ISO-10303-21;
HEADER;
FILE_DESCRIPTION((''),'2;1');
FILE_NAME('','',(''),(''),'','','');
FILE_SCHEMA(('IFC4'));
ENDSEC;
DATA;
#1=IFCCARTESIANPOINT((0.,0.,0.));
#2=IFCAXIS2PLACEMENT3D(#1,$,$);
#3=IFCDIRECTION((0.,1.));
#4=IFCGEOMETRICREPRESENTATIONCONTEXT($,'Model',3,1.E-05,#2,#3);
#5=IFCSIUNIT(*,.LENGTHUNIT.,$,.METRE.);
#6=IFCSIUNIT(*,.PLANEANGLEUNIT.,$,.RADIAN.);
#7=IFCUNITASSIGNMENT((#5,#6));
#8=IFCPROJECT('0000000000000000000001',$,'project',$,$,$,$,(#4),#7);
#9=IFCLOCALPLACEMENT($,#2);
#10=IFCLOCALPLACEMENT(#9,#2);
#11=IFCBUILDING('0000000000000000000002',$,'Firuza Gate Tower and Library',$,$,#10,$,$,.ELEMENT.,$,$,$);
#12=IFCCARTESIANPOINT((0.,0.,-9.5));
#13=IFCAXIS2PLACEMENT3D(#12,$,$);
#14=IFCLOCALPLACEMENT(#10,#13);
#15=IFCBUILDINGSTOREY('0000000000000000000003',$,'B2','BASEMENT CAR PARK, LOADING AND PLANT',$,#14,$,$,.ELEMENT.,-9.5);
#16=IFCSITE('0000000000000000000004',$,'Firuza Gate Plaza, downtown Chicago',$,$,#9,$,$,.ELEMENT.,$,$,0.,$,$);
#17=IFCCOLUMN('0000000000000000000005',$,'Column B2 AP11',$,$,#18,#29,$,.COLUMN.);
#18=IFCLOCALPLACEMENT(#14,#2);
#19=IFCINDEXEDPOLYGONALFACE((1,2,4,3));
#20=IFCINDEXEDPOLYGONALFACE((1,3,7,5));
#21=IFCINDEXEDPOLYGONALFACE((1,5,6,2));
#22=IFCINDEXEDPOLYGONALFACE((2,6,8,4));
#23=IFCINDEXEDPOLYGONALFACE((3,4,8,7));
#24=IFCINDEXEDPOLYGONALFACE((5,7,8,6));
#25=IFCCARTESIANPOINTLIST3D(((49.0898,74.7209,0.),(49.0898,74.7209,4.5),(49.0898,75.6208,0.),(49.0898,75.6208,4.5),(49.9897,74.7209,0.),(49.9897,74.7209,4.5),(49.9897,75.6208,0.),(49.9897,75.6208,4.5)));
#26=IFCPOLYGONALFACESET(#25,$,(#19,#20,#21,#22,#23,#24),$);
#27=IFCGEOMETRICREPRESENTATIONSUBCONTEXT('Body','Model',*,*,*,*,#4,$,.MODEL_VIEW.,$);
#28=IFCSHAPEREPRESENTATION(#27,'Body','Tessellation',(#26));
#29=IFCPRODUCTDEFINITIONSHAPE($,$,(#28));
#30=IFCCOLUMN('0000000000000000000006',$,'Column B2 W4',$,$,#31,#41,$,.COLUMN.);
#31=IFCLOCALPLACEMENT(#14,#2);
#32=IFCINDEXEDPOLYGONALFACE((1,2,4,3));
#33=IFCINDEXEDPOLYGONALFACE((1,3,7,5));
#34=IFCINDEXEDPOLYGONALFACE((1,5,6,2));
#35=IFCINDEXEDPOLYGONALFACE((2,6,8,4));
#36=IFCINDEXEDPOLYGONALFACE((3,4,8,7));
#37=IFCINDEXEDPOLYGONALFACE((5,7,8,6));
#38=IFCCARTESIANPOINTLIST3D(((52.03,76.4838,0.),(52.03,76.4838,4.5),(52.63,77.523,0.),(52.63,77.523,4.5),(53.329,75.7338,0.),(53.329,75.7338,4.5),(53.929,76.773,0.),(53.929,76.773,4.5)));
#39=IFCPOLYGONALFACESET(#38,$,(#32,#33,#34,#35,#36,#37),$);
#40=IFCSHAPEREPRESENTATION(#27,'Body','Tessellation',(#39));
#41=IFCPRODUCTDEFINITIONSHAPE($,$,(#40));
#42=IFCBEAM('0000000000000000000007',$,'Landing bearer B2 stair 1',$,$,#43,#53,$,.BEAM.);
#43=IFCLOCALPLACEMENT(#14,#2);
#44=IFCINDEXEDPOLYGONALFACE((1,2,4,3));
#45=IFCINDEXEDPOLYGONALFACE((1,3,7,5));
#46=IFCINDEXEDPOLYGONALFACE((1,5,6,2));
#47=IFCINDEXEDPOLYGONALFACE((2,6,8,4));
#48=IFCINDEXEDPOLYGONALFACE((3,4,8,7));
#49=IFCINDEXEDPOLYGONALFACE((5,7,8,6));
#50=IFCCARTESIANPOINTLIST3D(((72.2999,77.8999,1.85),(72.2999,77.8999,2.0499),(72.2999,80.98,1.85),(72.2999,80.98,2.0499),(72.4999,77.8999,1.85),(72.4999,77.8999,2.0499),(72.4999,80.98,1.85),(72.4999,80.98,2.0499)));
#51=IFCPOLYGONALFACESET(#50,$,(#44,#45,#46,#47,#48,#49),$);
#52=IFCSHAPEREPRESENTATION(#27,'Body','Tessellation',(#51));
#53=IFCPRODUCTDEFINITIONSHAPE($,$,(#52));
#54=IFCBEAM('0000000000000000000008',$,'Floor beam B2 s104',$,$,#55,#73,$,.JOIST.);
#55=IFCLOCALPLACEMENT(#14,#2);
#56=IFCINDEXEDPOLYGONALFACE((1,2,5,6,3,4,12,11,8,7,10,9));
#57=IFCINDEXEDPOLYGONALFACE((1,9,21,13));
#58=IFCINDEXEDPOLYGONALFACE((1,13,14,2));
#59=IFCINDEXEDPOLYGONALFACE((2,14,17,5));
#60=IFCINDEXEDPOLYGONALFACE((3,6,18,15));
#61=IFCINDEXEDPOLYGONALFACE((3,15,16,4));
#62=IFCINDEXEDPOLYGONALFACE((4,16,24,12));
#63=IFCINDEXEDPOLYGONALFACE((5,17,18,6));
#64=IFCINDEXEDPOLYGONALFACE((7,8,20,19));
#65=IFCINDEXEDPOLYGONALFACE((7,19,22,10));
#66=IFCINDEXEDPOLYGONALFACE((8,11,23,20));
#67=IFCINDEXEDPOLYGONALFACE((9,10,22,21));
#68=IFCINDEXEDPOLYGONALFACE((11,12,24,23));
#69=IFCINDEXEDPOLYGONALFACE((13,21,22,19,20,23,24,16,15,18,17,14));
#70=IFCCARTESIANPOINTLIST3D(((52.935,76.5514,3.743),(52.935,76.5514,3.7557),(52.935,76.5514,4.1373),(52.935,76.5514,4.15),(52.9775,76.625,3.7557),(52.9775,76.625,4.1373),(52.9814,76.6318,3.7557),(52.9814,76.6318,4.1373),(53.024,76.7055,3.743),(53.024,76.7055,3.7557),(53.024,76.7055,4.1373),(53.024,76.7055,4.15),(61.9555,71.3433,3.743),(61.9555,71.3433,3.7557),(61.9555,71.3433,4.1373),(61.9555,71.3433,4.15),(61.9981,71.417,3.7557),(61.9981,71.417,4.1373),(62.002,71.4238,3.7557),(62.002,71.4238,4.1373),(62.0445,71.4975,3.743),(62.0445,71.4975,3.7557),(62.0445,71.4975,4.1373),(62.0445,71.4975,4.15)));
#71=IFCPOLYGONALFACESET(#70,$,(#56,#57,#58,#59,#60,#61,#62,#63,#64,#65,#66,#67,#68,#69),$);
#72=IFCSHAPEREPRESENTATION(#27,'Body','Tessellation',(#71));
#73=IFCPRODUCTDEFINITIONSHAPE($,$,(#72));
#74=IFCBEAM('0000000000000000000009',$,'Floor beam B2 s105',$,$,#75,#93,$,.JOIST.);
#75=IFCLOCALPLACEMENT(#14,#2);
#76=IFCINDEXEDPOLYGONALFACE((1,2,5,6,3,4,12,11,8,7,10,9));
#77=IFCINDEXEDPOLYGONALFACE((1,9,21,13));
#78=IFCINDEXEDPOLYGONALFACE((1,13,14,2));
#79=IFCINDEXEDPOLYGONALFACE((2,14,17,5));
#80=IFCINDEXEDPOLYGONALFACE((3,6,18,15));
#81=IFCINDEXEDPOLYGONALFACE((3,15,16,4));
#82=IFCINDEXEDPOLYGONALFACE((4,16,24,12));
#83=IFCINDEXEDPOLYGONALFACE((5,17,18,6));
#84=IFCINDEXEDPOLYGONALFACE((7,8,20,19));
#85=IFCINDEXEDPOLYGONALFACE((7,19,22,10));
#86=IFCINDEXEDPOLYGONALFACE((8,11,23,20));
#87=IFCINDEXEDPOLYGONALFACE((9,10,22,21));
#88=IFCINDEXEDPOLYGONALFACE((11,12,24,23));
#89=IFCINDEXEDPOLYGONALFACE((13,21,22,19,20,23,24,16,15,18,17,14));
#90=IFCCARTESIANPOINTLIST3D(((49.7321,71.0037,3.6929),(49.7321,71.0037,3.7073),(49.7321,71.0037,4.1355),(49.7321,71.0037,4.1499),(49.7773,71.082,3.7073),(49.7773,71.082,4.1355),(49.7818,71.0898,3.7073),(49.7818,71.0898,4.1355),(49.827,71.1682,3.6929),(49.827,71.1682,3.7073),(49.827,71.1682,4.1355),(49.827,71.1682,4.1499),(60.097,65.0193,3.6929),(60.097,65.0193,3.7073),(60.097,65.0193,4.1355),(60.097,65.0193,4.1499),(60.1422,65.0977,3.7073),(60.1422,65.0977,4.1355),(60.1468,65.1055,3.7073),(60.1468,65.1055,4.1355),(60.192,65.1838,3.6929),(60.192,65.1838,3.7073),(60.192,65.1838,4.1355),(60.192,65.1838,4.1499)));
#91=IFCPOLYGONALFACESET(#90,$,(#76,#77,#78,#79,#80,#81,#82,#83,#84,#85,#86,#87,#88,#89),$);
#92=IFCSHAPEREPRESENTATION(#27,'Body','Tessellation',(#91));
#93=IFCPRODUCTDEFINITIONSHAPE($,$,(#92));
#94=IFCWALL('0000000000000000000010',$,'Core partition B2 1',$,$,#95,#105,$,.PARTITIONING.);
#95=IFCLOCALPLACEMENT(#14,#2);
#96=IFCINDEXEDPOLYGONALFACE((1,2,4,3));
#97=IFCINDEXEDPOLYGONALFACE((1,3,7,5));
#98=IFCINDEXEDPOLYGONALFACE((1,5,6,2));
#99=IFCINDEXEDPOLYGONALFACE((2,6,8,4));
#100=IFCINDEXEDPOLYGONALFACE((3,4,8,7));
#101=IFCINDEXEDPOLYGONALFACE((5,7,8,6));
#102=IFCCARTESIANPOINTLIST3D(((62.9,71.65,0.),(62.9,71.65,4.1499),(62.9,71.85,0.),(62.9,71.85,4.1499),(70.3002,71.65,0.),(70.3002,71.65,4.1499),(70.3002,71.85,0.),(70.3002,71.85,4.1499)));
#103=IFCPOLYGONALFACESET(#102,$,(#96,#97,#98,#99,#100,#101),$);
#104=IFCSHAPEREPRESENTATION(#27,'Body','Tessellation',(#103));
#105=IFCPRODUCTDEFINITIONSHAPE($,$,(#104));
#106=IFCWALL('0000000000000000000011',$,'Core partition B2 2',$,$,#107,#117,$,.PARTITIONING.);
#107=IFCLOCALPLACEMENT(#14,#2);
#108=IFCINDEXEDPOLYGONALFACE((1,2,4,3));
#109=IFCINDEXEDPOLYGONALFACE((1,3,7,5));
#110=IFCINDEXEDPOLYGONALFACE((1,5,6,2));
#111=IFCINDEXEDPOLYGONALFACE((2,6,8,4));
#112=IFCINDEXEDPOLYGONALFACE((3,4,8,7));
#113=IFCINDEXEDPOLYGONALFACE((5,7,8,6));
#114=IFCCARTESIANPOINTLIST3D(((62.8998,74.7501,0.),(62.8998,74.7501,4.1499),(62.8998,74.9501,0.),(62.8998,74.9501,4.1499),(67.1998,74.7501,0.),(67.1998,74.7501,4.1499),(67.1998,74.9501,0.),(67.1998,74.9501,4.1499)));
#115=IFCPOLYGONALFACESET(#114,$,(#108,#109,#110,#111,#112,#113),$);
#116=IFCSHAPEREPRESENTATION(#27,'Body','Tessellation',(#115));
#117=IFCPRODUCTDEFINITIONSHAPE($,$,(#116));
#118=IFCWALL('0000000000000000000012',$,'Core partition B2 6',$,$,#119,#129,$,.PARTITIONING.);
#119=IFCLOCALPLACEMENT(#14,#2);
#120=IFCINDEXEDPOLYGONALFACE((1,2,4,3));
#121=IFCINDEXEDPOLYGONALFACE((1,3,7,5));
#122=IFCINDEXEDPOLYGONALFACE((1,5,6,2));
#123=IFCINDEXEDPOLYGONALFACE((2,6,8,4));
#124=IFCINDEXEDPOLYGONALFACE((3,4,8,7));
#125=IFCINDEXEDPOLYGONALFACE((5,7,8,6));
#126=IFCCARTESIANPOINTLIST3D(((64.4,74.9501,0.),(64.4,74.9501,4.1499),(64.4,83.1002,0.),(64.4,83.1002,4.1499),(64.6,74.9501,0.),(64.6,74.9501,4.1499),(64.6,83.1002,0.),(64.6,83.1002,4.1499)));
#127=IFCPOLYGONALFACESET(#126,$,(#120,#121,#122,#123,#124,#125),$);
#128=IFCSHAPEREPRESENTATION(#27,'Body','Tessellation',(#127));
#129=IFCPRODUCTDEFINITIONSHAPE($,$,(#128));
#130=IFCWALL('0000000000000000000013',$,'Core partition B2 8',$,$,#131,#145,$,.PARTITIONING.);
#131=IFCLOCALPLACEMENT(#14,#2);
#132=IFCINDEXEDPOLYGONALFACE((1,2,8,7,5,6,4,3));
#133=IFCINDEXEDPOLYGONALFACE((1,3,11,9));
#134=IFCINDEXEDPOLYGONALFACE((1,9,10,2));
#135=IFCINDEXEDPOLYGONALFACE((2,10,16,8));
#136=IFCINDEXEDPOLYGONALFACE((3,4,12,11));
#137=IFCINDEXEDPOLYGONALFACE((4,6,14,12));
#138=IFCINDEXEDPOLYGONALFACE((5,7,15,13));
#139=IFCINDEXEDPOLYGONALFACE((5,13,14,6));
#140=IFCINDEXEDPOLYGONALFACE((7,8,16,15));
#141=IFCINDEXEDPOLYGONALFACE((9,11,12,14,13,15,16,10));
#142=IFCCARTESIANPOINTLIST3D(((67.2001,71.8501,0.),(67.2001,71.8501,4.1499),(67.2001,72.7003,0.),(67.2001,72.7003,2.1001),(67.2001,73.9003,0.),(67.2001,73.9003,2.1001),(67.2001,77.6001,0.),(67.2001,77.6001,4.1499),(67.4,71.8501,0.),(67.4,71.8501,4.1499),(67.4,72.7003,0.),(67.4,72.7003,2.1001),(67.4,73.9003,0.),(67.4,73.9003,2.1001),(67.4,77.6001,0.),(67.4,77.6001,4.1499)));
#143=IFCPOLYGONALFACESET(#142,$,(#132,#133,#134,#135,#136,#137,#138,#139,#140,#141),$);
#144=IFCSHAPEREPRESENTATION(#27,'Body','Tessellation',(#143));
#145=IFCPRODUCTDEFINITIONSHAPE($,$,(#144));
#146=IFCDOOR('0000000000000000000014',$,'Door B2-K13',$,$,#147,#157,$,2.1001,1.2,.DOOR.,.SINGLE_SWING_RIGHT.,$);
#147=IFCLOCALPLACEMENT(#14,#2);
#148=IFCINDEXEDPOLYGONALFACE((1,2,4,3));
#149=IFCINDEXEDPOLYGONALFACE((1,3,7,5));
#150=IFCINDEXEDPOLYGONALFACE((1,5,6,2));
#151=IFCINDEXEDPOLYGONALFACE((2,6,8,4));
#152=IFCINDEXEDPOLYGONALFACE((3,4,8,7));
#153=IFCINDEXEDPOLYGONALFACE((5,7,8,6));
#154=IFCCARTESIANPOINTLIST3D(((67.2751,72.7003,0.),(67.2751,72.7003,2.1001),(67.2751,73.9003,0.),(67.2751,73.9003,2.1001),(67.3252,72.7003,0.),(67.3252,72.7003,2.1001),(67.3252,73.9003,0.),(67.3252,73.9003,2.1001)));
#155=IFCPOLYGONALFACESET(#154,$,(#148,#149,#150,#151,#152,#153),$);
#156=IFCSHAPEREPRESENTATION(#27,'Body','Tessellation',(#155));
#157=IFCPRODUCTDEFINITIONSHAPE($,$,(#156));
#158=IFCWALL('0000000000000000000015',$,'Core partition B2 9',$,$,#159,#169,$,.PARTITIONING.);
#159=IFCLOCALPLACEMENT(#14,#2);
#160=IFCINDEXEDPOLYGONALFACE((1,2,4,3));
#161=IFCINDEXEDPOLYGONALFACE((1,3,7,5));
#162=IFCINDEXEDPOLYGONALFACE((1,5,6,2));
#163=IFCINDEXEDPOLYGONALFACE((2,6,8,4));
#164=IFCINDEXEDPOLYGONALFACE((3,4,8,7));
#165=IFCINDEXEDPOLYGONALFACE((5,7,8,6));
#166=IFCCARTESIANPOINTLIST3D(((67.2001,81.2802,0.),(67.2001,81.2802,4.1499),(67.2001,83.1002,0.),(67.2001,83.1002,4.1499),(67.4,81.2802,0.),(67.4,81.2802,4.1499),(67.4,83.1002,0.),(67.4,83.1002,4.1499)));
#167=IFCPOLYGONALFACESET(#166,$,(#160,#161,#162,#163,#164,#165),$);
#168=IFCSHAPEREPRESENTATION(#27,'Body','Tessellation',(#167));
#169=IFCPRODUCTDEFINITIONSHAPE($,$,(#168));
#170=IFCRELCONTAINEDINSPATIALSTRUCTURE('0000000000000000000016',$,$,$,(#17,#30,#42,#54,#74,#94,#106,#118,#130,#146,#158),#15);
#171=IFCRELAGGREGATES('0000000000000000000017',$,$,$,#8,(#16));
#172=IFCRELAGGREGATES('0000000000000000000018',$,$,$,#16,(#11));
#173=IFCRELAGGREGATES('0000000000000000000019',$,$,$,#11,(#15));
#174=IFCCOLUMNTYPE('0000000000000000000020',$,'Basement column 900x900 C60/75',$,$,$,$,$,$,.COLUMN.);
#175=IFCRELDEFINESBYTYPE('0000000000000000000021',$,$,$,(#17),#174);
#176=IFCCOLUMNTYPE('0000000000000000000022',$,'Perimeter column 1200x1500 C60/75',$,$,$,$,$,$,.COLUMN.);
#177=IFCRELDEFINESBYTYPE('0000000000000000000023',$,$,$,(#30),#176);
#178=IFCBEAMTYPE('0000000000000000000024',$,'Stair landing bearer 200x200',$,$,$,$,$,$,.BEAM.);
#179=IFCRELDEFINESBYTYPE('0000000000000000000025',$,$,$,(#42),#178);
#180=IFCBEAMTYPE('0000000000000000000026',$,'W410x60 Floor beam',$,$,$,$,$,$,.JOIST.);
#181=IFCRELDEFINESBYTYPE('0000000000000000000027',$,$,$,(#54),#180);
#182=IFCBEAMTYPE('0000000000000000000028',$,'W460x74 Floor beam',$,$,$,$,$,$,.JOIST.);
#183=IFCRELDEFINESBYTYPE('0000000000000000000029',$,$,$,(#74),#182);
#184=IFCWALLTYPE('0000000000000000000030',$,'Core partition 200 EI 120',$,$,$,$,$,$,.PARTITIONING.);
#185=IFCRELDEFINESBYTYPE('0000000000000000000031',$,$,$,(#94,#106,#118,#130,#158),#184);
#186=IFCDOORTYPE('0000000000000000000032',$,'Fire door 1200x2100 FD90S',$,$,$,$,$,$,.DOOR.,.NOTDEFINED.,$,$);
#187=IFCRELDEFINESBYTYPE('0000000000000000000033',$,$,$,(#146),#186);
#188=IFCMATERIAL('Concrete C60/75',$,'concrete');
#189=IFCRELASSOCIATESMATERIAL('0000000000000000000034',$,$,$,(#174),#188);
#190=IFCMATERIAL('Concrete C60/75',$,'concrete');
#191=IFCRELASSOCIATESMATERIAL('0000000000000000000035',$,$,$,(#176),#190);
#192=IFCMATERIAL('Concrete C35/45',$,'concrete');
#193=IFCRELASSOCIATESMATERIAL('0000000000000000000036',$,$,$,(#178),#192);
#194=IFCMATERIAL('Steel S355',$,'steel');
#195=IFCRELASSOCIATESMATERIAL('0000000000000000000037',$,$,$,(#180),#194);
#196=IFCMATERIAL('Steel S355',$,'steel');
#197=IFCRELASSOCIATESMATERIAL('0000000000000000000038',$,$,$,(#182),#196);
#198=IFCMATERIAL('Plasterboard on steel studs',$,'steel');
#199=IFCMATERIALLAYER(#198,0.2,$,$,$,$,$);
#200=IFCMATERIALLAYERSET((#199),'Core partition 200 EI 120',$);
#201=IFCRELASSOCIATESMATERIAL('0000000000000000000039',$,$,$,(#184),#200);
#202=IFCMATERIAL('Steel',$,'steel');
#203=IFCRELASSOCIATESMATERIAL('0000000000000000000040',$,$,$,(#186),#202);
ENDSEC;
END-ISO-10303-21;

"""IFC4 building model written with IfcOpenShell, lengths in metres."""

from ifc_helpers import new_model, si_unit, direction, frame, frame_2d, origin, origin_2d, place, context, subcontext, project, spatial, rectangle, i_section, extrude, material, layer, layer_set, material_profile, profile_set, type_object, element, fill, save


model = new_model("IFC4")

# Units and contexts
model_context = context("Model", 3, precision=1e-05, world=origin(), true_north=direction((0.0, 1.0)))
body_context = subcontext(model_context, "Body", "Model", "MODEL_VIEW")
ifc_project = project(units=[si_unit("LENGTHUNIT", "METRE"), si_unit("PLANEANGLEUNIT", "RADIAN")], contexts=[model_context])

# Site, building, storey
site_placement = place(None, origin())
site = spatial("IfcSite", under=ifc_project, at=site_placement, Name="Firuza Gate Plaza, downtown Chicago", CompositionType="ELEMENT", RefElevation=0.0)
building_placement = place(site_placement, origin())
building = spatial("IfcBuilding", under=site, at=building_placement, Name="Firuza Gate Tower and Library", CompositionType="ELEMENT")
storey_placement = place(building_placement, frame((0.0, 0.0, -9.5)))
storey = spatial("IfcBuildingStorey", under=building, at=storey_placement, Name="B2", Description="BASEMENT CAR PARK, LOADING AND PLANT", CompositionType="ELEMENT", Elevation=-9.5)

# Columns
ifc_material_1 = material(Name="Concrete C60/75", Category="concrete")
ifc_material_profile_1 = material_profile(ifc_material_1, rectangle(XDim=0.8999, YDim=0.8999, at=origin_2d()))
ifc_profile_set_1 = profile_set([ifc_material_profile_1], Name="Concrete C60/75")
column_type_1 = type_object("IfcColumnType", Name="Basement column 900x900 C60/75", PredefinedType="COLUMN", material=ifc_profile_set_1)
column_1_placement = place(storey_placement, frame((49.5398, 75.1709, 0.0), z_axis=(0.0, 0.0, 1.0), x_axis=(1.0, 0.0, 0.0)))
element("IfcColumn", 1, at=column_1_placement, inside=storey, type_object=column_type_1, Name="Column B2 AP11", PredefinedType="COLUMN", context=body_context, shape_type="SweptSolid", body=[
    extrude(rectangle(XDim=0.8999, YDim=0.8999, at=origin_2d()), origin(), (0.0, 0.0, 1.0), 4.5),
])
ifc_material_2 = material(Name="Concrete C60/75", Category="concrete")
ifc_material_profile_2 = material_profile(ifc_material_2, rectangle(XDim=1.2, YDim=1.5, at=origin_2d()))
ifc_profile_set_2 = profile_set([ifc_material_profile_2], Name="Concrete C60/75")
column_type_2 = type_object("IfcColumnType", Name="Perimeter column 1200x1500 C60/75", PredefinedType="COLUMN", material=ifc_profile_set_2)
column_2_placement = place(storey_placement, frame((52.9795, 76.6284, 0.0), z_axis=(0.0, 0.0, 1.0), x_axis=(-0.5, -0.866025, 0.0)))
element("IfcColumn", 2, at=column_2_placement, inside=storey, type_object=column_type_2, Name="Column B2 W4", PredefinedType="COLUMN", context=body_context, shape_type="SweptSolid", body=[
    extrude(rectangle(XDim=1.2, YDim=1.5, at=origin_2d()), origin(), (0.0, 0.0, 1.0), 4.5),
])

# Beams
ifc_material_3 = material(Name="Concrete C35/45", Category="concrete")
ifc_material_profile_3 = material_profile(ifc_material_3, rectangle(XDim=0.2, YDim=0.2, at=origin_2d()))
ifc_profile_set_3 = profile_set([ifc_material_profile_3], Name="Concrete C35/45")
beam_type_1 = type_object("IfcBeamType", Name="Stair landing bearer 200x200", PredefinedType="BEAM", material=ifc_profile_set_3)
beam_1_placement = place(storey_placement, frame((72.3999, 77.8999, 1.95), z_axis=(0.0, 1.0, 0.0), x_axis=(-1.0, 0.0, 0.0)))
element("IfcBeam", 3, at=beam_1_placement, inside=storey, type_object=beam_type_1, Name="Landing bearer B2 stair 1", PredefinedType="BEAM", context=body_context, shape_type="SweptSolid", body=[
    extrude(rectangle(XDim=0.2, YDim=0.2, at=origin_2d()), origin(), (0.0, 0.0, 1.0), 3.0801),
])
ifc_material_4 = material(Name="Steel S355", Category="steel")
ifc_material_profile_4 = material_profile(ifc_material_4, i_section(OverallWidth=0.178, OverallDepth=0.407, WebThickness=0.0078, FlangeThickness=0.0127, at=origin_2d()))
ifc_profile_set_4 = profile_set([ifc_material_profile_4], Name="Steel S355")
beam_type_2 = type_object("IfcBeamType", Name="W410x60 Floor beam", PredefinedType="JOIST", material=ifc_profile_set_4)
beam_2_placement = place(storey_placement, frame((52.9795, 76.6284, 3.9465), z_axis=(0.866025, -0.500001, 0.0), x_axis=(0.500001, 0.866025, 0.0)))
element("IfcBeam", 4, at=beam_2_placement, inside=storey, type_object=beam_type_2, Name="Floor beam B2 s104", PredefinedType="JOIST", context=body_context, shape_type="SweptSolid", body=[
    extrude(i_section(OverallWidth=0.178, OverallDepth=0.407, WebThickness=0.0078, FlangeThickness=0.0127, at=origin_2d()), origin(), (0.0, 0.0, 1.0), 10.416),
])
ifc_material_5 = material(Name="Steel S355", Category="steel")
ifc_material_profile_5 = material_profile(ifc_material_5, i_section(OverallWidth=0.1899, OverallDepth=0.457, WebThickness=0.009, FlangeThickness=0.0144, at=origin_2d()))
ifc_profile_set_5 = profile_set([ifc_material_profile_5], Name="Steel S355")
beam_type_3 = type_object("IfcBeamType", Name="W460x74 Floor beam", PredefinedType="JOIST", material=ifc_profile_set_5)
beam_3_placement = place(storey_placement, frame((49.7795, 71.0859, 3.9214), z_axis=(0.86602, -0.500009, 0.0), x_axis=(0.500009, 0.86602, 0.0)))
element("IfcBeam", 5, at=beam_3_placement, inside=storey, type_object=beam_type_3, Name="Floor beam B2 s105", PredefinedType="JOIST", context=body_context, shape_type="SweptSolid", body=[
    extrude(i_section(OverallWidth=0.1899, OverallDepth=0.457, WebThickness=0.009, FlangeThickness=0.0144, at=origin_2d()), origin(), (0.0, 0.0, 1.0), 11.9685),
])

# Walls
ifc_material_6 = material(Name="Plasterboard on steel studs", Category="steel")
ifc_layer_1 = layer(ifc_material_6, 0.2)
ifc_layer_set_1 = layer_set([ifc_layer_1], Name="Core partition 200 EI 120")
wall_type_1 = type_object("IfcWallType", Name="Core partition 200 EI 120", PredefinedType="PARTITIONING", material=ifc_layer_set_1)
wall_1_placement = place(storey_placement, frame((62.8999, 71.75, 0.0), z_axis=(0.0, 0.0, 1.0), x_axis=(1.0, 0.0, 0.0)))
element("IfcWall", 6, at=wall_1_placement, inside=storey, type_object=wall_type_1, Name="Core partition B2 1", PredefinedType="PARTITIONING", context=body_context, shape_type="SweptSolid", body=[
    extrude(rectangle(XDim=7.4001, YDim=0.2, at=frame_2d((3.7002, 0.0))), origin(), (0.0, 0.0, 1.0), 4.1499),
])
wall_2_placement = place(storey_placement, frame((62.8999, 74.8501, 0.0), z_axis=(0.0, 0.0, 1.0), x_axis=(1.0, 0.0, 0.0)))
element("IfcWall", 7, at=wall_2_placement, inside=storey, type_object=wall_type_1, Name="Core partition B2 2", PredefinedType="PARTITIONING", context=body_context, shape_type="SweptSolid", body=[
    extrude(rectangle(XDim=4.3, YDim=0.2, at=frame_2d((2.1499, 0.0))), origin(), (0.0, 0.0, 1.0), 4.1499),
])
wall_3_placement = place(storey_placement, frame((64.5, 74.95, 0.0), z_axis=(0.0, 0.0, 1.0), x_axis=(0.0, 1.0, 0.0)))
element("IfcWall", 8, at=wall_3_placement, inside=storey, type_object=wall_type_1, Name="Core partition B2 6", PredefinedType="PARTITIONING", context=body_context, shape_type="SweptSolid", body=[
    extrude(rectangle(XDim=8.1501, YDim=0.2, at=frame_2d((4.0752, 0.0))), origin(), (0.0, 0.0, 1.0), 4.1499),
])

# Wall, opening, door
wall_4_placement = place(storey_placement, frame((67.3, 71.8501, 0.0), z_axis=(0.0, 0.0, 1.0), x_axis=(0.0, 1.0, 0.0)))
wall_4 = element("IfcWall", 9, at=wall_4_placement, inside=storey, type_object=wall_type_1, Name="Core partition B2 8", PredefinedType="PARTITIONING", context=body_context, shape_type="SweptSolid", body=[
    extrude(rectangle(XDim=5.75, YDim=0.2, at=frame_2d((2.875, 0.0))), origin(), (0.0, 0.0, 1.0), 4.1499),
])
opening_1_placement = place(wall_4_placement, frame((0.8501, 0.0, 0.0)))
opening_1 = element("IfcOpeningElement", 10, at=opening_1_placement, cuts=wall_4, PredefinedType="OPENING", context=body_context, shape_type="SweptSolid", body=[
    extrude(rectangle(XDim=1.2, YDim=2.1001, at=frame_2d((0.6001, 1.05))), frame((0.0, 0.1099, 0.0), z_axis=(0.0, -1.0, 0.0), x_axis=(1.0, 0.0, 0.0)), (0.0, 0.0, 1.0), 0.22),
])
ifc_material_7 = material(Name="Steel", Category="steel")
door_type_1 = type_object("IfcDoorType", Name="Fire door 1200x2100 FD90S", OperationType="NOTDEFINED", PredefinedType="DOOR", material=ifc_material_7)
door_1_placement = place(opening_1_placement, origin())
door_1 = element("IfcDoor", 11, at=door_1_placement, inside=storey, type_object=door_type_1, Name="Door B2-K13", OperationType="SINGLE_SWING_RIGHT", OverallHeight=2.1001, OverallWidth=1.2, PredefinedType="DOOR", context=body_context, shape_type="SweptSolid", body=[
    extrude(rectangle(XDim=1.2, YDim=2.1001, at=frame_2d((0.6001, 1.05))), frame((0.0, 0.0249, 0.0), z_axis=(0.0, -1.0, 0.0), x_axis=(1.0, 0.0, 0.0)), (0.0, 0.0, 1.0), 0.05),
])
fill(opening_1, door_1)

# Wall
wall_5_placement = place(storey_placement, frame((67.3, 81.28, 0.0), z_axis=(0.0, 0.0, 1.0), x_axis=(0.0, 1.0, 0.0)))
element("IfcWall", 12, at=wall_5_placement, inside=storey, type_object=wall_type_1, Name="Core partition B2 9", PredefinedType="PARTITIONING", context=body_context, shape_type="SweptSolid", body=[
    extrude(rectangle(XDim=1.8201, YDim=0.2, at=frame_2d((0.9102, 0.0))), origin(), (0.0, 0.0, 1.0), 4.1499),
])

save(model, "model.ifc")
